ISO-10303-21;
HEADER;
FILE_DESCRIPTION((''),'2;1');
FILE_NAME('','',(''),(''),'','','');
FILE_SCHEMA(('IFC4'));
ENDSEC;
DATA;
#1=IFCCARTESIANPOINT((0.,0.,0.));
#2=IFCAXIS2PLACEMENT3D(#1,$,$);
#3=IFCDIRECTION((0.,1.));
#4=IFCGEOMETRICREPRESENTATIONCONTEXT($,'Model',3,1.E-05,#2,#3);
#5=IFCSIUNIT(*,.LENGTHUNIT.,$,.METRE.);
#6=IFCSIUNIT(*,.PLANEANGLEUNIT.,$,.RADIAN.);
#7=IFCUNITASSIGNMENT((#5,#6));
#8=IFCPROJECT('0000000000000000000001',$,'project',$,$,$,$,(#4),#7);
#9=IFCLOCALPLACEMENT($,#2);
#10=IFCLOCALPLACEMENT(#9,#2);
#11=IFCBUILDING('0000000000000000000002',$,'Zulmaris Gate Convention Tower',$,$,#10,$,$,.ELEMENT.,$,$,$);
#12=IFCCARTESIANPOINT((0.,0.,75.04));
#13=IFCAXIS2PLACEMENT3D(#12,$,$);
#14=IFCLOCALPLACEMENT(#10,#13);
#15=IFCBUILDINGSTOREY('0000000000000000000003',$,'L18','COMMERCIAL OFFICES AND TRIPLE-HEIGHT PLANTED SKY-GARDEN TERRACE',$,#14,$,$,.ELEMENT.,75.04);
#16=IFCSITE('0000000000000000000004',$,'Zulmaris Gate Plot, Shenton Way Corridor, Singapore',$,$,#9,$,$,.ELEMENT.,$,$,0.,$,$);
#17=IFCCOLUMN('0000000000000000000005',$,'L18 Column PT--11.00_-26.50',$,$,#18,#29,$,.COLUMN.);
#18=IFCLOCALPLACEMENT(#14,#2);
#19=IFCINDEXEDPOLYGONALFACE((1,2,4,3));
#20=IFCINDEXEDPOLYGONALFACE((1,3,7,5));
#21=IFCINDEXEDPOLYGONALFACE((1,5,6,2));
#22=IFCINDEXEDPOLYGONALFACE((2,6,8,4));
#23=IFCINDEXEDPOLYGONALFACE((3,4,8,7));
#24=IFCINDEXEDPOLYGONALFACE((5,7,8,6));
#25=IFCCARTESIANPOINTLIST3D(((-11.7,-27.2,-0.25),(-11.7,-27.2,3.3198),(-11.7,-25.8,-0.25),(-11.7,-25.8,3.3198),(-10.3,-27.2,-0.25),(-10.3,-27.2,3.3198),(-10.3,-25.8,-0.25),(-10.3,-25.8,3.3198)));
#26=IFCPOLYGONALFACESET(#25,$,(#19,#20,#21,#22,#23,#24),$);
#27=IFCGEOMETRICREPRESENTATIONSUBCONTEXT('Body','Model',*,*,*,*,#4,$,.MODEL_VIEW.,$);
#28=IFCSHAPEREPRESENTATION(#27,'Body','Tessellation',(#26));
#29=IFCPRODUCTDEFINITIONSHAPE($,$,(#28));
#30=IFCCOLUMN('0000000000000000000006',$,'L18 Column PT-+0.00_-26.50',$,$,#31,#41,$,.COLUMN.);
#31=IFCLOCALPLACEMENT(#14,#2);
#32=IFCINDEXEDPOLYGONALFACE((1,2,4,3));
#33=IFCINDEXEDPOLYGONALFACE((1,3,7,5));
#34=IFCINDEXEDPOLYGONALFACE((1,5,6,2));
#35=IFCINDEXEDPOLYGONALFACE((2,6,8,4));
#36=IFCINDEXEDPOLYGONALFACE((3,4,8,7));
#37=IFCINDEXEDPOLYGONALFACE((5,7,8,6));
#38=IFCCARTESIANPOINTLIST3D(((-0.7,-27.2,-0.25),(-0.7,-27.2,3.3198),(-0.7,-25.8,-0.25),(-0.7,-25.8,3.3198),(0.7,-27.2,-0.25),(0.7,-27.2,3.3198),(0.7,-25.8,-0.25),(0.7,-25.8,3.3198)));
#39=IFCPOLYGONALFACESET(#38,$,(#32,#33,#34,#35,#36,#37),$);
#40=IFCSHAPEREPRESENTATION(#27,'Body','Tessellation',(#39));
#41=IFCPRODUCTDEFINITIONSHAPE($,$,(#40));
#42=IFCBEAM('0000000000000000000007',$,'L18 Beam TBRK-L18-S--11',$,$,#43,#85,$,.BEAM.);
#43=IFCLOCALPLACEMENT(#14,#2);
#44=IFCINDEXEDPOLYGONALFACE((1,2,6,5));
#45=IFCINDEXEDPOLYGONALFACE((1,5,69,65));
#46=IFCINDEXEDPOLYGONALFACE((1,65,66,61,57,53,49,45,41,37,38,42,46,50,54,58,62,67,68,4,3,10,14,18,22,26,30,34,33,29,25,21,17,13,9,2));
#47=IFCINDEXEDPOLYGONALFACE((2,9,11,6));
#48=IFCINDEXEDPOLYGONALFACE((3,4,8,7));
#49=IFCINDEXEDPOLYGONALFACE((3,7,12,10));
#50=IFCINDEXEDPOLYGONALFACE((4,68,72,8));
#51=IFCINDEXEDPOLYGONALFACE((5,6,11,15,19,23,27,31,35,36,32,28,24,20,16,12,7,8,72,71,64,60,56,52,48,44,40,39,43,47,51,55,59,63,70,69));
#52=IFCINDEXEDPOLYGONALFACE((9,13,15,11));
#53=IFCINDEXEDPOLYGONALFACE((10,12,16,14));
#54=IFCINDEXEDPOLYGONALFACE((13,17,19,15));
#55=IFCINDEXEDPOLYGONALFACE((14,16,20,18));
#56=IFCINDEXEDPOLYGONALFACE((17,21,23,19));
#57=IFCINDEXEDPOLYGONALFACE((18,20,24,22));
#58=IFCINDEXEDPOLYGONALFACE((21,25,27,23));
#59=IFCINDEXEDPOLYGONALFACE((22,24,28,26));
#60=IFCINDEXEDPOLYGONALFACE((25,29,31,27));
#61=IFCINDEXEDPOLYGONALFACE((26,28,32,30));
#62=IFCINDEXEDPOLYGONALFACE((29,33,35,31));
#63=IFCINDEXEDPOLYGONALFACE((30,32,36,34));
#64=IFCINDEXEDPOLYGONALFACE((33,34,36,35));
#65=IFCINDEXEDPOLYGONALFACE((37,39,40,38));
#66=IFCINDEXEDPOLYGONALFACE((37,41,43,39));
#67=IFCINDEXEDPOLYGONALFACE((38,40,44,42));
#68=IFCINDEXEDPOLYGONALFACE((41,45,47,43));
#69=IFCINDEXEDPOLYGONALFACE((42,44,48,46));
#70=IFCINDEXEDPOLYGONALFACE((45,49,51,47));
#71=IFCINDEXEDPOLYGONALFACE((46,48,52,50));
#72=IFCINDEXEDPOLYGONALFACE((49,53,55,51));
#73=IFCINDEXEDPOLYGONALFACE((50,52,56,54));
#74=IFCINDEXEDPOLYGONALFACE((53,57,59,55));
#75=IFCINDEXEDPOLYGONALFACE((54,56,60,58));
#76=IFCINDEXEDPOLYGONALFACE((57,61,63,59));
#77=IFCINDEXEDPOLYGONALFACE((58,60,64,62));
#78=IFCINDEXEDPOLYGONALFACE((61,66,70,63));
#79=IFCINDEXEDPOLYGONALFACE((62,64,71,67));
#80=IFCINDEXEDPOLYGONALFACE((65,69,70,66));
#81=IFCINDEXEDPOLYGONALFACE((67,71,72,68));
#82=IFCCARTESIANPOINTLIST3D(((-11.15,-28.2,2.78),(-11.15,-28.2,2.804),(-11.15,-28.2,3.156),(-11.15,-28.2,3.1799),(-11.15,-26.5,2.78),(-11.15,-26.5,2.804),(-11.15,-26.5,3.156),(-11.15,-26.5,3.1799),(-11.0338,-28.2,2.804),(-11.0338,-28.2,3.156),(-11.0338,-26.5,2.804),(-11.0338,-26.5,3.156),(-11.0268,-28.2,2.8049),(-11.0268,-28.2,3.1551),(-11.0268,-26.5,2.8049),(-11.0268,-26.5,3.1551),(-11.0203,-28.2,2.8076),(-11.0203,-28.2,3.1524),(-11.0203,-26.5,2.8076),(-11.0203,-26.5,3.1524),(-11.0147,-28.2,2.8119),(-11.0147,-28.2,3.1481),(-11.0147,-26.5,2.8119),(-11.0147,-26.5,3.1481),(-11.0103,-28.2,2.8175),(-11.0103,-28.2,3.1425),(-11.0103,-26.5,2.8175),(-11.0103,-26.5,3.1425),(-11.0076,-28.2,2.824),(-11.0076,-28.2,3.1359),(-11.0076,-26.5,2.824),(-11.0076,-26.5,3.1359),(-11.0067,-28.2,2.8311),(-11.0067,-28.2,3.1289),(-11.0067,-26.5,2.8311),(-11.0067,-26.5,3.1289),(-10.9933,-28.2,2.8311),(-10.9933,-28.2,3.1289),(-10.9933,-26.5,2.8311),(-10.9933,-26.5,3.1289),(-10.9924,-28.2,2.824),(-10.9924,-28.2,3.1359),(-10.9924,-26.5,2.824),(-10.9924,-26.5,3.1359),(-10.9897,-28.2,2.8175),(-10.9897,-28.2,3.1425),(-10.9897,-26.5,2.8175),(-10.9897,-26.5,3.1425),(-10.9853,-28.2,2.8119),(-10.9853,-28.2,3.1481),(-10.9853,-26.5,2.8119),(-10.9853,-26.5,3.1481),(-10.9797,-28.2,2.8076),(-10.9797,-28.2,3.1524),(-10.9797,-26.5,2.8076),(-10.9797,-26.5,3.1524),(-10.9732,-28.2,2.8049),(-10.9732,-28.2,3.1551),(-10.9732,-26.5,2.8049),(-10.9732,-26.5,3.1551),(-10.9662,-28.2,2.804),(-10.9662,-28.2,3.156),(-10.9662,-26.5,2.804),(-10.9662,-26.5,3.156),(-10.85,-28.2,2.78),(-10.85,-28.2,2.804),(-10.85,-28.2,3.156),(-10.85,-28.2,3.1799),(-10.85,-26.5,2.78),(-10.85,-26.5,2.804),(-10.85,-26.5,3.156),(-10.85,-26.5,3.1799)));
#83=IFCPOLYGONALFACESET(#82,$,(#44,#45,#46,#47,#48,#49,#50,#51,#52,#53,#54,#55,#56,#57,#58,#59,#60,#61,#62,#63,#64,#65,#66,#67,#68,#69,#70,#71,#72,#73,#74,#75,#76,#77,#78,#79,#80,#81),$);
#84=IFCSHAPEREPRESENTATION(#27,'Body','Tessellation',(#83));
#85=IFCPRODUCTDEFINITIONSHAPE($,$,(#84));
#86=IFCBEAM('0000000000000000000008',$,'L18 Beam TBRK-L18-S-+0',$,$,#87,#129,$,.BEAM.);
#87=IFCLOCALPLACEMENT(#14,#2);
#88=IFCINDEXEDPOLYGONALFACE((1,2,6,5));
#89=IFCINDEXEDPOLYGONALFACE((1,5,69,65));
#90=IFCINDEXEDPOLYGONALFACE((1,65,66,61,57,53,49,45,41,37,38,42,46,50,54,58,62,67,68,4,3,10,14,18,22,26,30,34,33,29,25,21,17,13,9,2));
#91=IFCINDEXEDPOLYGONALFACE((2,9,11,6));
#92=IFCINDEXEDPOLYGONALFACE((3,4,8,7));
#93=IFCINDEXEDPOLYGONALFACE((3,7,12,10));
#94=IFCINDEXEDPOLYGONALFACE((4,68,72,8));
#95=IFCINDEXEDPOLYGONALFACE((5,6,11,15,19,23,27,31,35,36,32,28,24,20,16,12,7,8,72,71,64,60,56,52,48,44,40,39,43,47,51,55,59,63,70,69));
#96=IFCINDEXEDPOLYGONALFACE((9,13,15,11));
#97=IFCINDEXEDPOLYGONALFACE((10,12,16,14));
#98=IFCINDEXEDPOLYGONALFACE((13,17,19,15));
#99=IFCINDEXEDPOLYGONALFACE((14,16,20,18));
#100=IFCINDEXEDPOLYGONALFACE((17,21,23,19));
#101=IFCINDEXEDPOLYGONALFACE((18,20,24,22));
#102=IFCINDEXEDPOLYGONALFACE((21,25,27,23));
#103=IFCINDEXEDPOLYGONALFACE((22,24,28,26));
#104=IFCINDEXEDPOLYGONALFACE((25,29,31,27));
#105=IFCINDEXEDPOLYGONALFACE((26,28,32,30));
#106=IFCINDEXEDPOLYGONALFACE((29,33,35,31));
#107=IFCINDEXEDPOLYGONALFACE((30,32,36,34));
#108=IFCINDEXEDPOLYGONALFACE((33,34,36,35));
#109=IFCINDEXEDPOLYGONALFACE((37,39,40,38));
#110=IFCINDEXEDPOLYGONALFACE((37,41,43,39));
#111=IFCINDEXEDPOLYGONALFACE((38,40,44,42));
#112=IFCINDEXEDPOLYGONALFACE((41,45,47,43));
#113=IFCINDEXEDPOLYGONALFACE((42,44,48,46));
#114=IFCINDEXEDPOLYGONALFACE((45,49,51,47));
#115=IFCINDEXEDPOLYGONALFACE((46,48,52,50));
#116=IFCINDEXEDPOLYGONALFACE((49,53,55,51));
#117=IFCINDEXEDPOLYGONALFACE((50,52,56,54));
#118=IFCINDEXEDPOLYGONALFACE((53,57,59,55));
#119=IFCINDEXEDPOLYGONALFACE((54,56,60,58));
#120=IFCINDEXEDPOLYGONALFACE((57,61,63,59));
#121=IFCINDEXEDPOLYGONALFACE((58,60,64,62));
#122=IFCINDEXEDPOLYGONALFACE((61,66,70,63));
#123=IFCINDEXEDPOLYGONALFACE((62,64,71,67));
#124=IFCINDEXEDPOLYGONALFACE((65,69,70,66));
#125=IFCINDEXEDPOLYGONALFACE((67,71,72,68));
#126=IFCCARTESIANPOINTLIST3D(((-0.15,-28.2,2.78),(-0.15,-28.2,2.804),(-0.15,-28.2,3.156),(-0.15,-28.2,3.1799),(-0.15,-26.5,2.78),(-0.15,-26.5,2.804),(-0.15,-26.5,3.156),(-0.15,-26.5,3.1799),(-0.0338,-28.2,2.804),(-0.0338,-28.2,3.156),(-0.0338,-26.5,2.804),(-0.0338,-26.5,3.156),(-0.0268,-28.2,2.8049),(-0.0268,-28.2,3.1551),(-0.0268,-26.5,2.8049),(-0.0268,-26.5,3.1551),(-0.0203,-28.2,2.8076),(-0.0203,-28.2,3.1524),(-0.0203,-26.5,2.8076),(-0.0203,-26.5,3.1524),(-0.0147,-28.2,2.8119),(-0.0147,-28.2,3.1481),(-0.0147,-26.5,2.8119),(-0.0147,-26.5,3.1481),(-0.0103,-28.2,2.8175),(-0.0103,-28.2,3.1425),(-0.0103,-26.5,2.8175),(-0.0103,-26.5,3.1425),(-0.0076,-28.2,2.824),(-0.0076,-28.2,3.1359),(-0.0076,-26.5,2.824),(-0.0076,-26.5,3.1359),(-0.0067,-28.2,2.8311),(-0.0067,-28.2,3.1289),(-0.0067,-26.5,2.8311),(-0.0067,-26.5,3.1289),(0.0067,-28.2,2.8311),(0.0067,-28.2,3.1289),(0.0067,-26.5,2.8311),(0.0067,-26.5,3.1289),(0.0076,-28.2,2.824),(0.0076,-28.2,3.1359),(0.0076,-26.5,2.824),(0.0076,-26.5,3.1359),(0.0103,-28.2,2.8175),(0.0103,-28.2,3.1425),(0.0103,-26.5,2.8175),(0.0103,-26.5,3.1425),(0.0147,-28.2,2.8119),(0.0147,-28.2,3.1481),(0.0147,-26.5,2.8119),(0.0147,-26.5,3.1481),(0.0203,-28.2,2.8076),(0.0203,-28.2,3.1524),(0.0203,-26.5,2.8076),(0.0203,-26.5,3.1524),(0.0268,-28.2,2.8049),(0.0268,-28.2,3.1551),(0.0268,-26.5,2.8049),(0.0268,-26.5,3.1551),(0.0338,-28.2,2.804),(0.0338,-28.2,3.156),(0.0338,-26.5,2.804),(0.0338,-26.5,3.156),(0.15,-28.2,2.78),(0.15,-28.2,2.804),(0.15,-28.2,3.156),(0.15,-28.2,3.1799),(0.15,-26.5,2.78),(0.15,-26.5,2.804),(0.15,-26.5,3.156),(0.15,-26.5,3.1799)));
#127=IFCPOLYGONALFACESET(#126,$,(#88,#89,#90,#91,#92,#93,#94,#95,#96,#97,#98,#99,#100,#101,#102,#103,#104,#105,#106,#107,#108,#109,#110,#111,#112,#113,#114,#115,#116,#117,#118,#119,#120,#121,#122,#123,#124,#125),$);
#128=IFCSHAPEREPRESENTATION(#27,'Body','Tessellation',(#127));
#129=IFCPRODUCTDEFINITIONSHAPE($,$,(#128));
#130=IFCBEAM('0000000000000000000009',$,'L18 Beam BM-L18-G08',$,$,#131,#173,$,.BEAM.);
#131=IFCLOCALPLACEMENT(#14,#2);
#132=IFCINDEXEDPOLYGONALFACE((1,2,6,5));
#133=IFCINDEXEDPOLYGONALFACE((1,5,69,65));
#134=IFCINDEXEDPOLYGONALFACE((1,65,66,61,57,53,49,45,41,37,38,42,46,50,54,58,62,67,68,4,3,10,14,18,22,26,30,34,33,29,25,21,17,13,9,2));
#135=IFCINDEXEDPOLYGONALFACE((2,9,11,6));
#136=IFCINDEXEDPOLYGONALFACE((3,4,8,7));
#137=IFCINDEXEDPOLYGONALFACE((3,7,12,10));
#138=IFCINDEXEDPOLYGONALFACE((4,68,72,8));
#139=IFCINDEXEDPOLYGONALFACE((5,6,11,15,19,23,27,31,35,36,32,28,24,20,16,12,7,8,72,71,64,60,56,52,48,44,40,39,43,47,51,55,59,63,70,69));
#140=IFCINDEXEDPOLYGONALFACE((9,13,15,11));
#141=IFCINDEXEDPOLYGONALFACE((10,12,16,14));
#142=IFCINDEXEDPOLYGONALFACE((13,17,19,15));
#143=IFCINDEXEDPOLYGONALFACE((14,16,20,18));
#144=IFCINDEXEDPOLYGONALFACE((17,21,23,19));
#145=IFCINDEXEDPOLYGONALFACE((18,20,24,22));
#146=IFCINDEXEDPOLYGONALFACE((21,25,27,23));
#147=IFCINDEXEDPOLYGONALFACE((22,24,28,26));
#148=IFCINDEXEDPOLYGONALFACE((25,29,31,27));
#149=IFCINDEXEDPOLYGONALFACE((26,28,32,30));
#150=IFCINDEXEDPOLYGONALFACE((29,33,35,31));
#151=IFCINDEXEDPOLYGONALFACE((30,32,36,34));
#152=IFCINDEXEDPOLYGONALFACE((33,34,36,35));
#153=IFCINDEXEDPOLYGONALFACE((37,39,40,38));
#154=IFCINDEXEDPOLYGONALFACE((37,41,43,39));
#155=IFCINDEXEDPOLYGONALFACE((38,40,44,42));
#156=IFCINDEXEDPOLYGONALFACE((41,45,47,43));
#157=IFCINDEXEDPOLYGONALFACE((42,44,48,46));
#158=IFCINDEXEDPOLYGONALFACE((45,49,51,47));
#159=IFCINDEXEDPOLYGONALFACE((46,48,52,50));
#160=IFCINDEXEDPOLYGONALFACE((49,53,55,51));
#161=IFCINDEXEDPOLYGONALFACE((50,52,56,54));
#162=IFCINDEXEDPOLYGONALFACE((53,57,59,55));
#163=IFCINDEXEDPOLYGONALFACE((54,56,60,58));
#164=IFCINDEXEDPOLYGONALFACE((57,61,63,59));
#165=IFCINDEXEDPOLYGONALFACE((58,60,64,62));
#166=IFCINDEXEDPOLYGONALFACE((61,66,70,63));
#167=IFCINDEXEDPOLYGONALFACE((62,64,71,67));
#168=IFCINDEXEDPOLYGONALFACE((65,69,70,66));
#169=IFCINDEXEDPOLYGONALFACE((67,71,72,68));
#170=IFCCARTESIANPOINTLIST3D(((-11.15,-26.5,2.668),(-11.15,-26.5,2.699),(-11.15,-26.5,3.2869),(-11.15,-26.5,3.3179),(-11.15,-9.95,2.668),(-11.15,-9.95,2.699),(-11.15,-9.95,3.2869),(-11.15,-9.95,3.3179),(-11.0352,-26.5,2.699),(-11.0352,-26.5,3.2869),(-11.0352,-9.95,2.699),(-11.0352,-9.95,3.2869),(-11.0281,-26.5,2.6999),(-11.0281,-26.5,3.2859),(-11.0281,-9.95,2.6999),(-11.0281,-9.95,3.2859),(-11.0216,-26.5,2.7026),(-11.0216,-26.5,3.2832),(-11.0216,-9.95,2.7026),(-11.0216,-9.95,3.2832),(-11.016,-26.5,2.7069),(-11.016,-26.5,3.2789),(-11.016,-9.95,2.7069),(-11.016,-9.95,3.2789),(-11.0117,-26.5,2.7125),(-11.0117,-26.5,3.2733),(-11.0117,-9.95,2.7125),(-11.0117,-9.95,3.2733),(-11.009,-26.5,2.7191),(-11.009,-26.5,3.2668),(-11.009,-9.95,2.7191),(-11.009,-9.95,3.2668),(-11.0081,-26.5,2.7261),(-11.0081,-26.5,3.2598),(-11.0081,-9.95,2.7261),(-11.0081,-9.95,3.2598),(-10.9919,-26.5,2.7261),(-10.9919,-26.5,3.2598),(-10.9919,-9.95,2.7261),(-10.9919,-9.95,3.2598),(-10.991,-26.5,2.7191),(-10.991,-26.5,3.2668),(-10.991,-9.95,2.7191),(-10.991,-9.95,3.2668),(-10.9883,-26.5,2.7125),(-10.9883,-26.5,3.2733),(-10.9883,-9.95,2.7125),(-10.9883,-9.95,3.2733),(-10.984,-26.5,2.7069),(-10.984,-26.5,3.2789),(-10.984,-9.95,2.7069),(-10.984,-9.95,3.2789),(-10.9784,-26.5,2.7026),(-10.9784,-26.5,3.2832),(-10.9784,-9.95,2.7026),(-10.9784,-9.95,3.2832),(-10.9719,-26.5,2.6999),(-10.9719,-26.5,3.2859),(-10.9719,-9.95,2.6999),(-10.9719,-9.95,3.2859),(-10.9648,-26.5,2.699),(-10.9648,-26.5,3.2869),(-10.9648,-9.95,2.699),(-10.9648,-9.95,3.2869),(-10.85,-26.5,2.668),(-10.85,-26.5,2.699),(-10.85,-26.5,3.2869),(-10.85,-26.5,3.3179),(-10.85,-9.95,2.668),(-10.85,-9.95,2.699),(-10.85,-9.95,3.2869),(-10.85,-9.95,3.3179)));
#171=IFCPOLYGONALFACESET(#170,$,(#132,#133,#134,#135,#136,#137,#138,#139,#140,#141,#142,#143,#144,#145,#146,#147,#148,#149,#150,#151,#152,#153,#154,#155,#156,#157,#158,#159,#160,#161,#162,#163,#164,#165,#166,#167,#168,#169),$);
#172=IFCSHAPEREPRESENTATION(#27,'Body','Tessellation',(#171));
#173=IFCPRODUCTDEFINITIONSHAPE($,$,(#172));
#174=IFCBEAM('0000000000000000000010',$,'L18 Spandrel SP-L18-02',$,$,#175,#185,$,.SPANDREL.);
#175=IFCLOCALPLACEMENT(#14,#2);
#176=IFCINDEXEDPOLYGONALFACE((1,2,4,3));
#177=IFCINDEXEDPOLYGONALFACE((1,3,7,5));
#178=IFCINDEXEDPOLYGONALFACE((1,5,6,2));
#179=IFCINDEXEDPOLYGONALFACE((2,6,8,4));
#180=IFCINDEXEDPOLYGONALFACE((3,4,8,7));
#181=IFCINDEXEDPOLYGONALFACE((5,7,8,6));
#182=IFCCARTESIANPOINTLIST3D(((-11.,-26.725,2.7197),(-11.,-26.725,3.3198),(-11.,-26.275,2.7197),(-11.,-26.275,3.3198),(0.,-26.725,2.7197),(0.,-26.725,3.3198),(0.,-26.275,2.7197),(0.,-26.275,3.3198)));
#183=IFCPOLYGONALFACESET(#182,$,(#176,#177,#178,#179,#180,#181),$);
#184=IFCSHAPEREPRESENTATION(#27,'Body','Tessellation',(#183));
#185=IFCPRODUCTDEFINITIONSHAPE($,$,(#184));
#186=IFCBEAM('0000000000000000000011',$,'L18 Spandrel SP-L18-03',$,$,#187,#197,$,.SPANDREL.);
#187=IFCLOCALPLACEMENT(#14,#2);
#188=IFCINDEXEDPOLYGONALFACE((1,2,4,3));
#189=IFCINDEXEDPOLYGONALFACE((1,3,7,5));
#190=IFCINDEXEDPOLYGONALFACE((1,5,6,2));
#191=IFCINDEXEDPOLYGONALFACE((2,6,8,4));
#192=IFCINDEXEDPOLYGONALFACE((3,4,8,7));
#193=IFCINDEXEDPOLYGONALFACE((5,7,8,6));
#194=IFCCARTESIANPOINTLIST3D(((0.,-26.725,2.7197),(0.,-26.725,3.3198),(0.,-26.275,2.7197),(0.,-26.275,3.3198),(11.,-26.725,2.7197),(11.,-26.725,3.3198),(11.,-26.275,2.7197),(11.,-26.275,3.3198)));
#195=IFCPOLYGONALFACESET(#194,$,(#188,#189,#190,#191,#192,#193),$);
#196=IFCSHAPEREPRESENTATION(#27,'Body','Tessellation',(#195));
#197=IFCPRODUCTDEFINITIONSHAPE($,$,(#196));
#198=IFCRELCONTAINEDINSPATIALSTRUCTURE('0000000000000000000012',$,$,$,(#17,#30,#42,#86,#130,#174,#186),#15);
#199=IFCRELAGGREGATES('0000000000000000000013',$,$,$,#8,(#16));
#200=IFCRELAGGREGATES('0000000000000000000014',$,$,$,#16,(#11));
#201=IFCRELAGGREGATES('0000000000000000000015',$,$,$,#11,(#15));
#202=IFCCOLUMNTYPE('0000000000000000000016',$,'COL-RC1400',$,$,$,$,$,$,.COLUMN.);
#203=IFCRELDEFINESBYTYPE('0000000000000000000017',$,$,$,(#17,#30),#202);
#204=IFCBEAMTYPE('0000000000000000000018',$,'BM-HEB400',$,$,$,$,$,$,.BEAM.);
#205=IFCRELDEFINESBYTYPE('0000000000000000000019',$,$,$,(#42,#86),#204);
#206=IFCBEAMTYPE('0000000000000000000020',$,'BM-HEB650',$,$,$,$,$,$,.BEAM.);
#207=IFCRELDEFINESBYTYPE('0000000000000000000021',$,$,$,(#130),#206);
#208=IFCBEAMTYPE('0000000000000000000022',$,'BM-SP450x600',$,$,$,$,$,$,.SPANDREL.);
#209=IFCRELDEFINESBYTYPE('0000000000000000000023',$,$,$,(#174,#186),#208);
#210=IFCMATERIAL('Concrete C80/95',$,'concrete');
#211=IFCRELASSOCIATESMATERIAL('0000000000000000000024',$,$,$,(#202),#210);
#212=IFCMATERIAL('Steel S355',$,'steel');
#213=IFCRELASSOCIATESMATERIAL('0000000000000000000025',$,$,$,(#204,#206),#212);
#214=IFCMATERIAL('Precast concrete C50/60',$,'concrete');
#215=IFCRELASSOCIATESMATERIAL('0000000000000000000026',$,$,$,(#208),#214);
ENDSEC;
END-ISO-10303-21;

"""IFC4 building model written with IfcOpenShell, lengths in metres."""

from ifc_helpers import new_model, si_unit, direction, frame, origin, origin_2d, place, context, subcontext, project, spatial, rectangle, i_section, extrude, material, material_profile, profile_set, type_object, element, save


model = new_model("IFC4")

# Units and contexts
model_context = context("Model", 3, precision=1e-05, world=origin(), true_north=direction((0.0, 1.0)))
body_context = subcontext(model_context, "Body", "Model", "MODEL_VIEW")
ifc_project = project(units=[si_unit("LENGTHUNIT", "METRE"), si_unit("PLANEANGLEUNIT", "RADIAN")], contexts=[model_context])

# Site, building, storey
site_placement = place(None, origin())
site = spatial("IfcSite", under=ifc_project, at=site_placement, Name="Zulmaris Gate Plot, Shenton Way Corridor, Singapore", CompositionType="ELEMENT", RefElevation=0.0)
building_placement = place(site_placement, origin())
building = spatial("IfcBuilding", under=site, at=building_placement, Name="Zulmaris Gate Convention Tower", CompositionType="ELEMENT")
storey_placement = place(building_placement, frame((0.0, 0.0, 75.04)))
storey = spatial("IfcBuildingStorey", under=building, at=storey_placement, Name="L18", Description="COMMERCIAL OFFICES AND TRIPLE-HEIGHT PLANTED SKY-GARDEN TERRACE", CompositionType="ELEMENT", Elevation=75.04)

# Columns
ifc_material_1 = material(Name="Concrete C80/95", Category="concrete")
ifc_material_profile_1 = material_profile(ifc_material_1, rectangle(XDim=1.3999, YDim=1.3999, at=origin_2d()), Name="RC COL 1400x1400")
ifc_profile_set_1 = profile_set([ifc_material_profile_1], Name="Concrete C80/95")
column_type = type_object("IfcColumnType", Name="COL-RC1400", PredefinedType="COLUMN", material=ifc_profile_set_1)
for number, where, z_axis, x_axis, name in (
    (1, (-11.0, -26.5, -0.25), (0.0, 0.0, 1.0), (1.0, 0.0, 0.0), "L18 Column PT--11.00_-26.50"),
    (2, (0.0, -26.5, -0.25), (0.0, 0.0, 1.0), (1.0, 0.0, 0.0), "L18 Column PT-+0.00_-26.50"),
):
    element("IfcColumn", number, at=place(storey_placement, frame(where, z_axis=z_axis, x_axis=x_axis)), inside=storey, type_object=column_type, Name=name, PredefinedType="COLUMN", context=body_context, shape_type="SweptSolid", body=[
        extrude(rectangle(XDim=1.3999, YDim=1.3999, at=origin_2d()), origin(), (0.0, 0.0, 1.0), 3.5698),
    ])

# Beams
ifc_material_2 = material(Name="Steel S355", Category="steel")
ifc_material_profile_2 = material_profile(ifc_material_2, i_section(OverallWidth=0.3, OverallDepth=0.3999, WebThickness=0.0134, FlangeThickness=0.0239, FilletRadius=0.0271, at=origin_2d()), Name="HEB 400")
ifc_profile_set_2 = profile_set([ifc_material_profile_2], Name="Steel S355")
beam_type_1 = type_object("IfcBeamType", Name="BM-HEB400", PredefinedType="BEAM", material=ifc_profile_set_2)
for number, where, z_axis, x_axis, name in (
    (3, (-11.0, -28.2, 2.98), (0.0, 1.0, 0.0), (-1.0, 0.0, 0.0), "L18 Beam TBRK-L18-S--11"),
    (4, (0.0, -28.2, 2.98), (0.0, 1.0, 0.0), (-1.0, 0.0, 0.0), "L18 Beam TBRK-L18-S-+0"),
):
    element("IfcBeam", number, at=place(storey_placement, frame(where, z_axis=z_axis, x_axis=x_axis)), inside=storey, type_object=beam_type_1, Name=name, PredefinedType="BEAM", context=body_context, shape_type="SweptSolid", body=[
        extrude(i_section(OverallWidth=0.3, OverallDepth=0.3999, WebThickness=0.0134, FlangeThickness=0.0239, FilletRadius=0.0271, at=origin_2d()), origin(), (0.0, 0.0, 1.0), 1.7),
    ])
ifc_material_profile_3 = material_profile(ifc_material_2, i_section(OverallWidth=0.3, OverallDepth=0.6499, WebThickness=0.0161, FlangeThickness=0.031, FilletRadius=0.0271, at=origin_2d()), Name="HEB 650")
ifc_profile_set_3 = profile_set([ifc_material_profile_3], Name="Steel S355")
beam_type_2 = type_object("IfcBeamType", Name="BM-HEB650", PredefinedType="BEAM", material=ifc_profile_set_3)
beam_placement = place(storey_placement, frame((-11.0, -26.5, 2.9929), z_axis=(0.0, 1.0, 0.0), x_axis=(-1.0, 0.0, 0.0)))
element("IfcBeam", 5, at=beam_placement, inside=storey, type_object=beam_type_2, Name="L18 Beam BM-L18-G08", PredefinedType="BEAM", context=body_context, shape_type="SweptSolid", body=[
    extrude(i_section(OverallWidth=0.3, OverallDepth=0.6499, WebThickness=0.0161, FlangeThickness=0.031, FilletRadius=0.0271, at=origin_2d()), origin(), (0.0, 0.0, 1.0), 16.55),
])
ifc_material_3 = material(Name="Precast concrete C50/60", Category="concrete")
ifc_material_profile_4 = material_profile(ifc_material_3, rectangle(XDim=0.45, YDim=0.6001, at=origin_2d()), Name="RC SPANDREL 450x600")
ifc_profile_set_4 = profile_set([ifc_material_profile_4], Name="Precast concrete C50/60")
beam_type_3 = type_object("IfcBeamType", Name="BM-SP450x600", PredefinedType="SPANDREL", material=ifc_profile_set_4)
for number, where, z_axis, x_axis, name in (
    (6, (-11.0, -26.5, 3.0198), (1.0, 0.0, 0.0), (0.0, 1.0, 0.0), "L18 Spandrel SP-L18-02"),
    (7, (0.0, -26.5, 3.0198), (1.0, 0.0, 0.0), (0.0, 1.0, 0.0), "L18 Spandrel SP-L18-03"),
):
    element("IfcBeam", number, at=place(storey_placement, frame(where, z_axis=z_axis, x_axis=x_axis)), inside=storey, type_object=beam_type_3, Name=name, PredefinedType="SPANDREL", context=body_context, shape_type="SweptSolid", body=[
        extrude(rectangle(XDim=0.45, YDim=0.6001, at=origin_2d()), origin(), (0.0, 0.0, 1.0), 11.0),
    ])

save(model, "model.ifc")
